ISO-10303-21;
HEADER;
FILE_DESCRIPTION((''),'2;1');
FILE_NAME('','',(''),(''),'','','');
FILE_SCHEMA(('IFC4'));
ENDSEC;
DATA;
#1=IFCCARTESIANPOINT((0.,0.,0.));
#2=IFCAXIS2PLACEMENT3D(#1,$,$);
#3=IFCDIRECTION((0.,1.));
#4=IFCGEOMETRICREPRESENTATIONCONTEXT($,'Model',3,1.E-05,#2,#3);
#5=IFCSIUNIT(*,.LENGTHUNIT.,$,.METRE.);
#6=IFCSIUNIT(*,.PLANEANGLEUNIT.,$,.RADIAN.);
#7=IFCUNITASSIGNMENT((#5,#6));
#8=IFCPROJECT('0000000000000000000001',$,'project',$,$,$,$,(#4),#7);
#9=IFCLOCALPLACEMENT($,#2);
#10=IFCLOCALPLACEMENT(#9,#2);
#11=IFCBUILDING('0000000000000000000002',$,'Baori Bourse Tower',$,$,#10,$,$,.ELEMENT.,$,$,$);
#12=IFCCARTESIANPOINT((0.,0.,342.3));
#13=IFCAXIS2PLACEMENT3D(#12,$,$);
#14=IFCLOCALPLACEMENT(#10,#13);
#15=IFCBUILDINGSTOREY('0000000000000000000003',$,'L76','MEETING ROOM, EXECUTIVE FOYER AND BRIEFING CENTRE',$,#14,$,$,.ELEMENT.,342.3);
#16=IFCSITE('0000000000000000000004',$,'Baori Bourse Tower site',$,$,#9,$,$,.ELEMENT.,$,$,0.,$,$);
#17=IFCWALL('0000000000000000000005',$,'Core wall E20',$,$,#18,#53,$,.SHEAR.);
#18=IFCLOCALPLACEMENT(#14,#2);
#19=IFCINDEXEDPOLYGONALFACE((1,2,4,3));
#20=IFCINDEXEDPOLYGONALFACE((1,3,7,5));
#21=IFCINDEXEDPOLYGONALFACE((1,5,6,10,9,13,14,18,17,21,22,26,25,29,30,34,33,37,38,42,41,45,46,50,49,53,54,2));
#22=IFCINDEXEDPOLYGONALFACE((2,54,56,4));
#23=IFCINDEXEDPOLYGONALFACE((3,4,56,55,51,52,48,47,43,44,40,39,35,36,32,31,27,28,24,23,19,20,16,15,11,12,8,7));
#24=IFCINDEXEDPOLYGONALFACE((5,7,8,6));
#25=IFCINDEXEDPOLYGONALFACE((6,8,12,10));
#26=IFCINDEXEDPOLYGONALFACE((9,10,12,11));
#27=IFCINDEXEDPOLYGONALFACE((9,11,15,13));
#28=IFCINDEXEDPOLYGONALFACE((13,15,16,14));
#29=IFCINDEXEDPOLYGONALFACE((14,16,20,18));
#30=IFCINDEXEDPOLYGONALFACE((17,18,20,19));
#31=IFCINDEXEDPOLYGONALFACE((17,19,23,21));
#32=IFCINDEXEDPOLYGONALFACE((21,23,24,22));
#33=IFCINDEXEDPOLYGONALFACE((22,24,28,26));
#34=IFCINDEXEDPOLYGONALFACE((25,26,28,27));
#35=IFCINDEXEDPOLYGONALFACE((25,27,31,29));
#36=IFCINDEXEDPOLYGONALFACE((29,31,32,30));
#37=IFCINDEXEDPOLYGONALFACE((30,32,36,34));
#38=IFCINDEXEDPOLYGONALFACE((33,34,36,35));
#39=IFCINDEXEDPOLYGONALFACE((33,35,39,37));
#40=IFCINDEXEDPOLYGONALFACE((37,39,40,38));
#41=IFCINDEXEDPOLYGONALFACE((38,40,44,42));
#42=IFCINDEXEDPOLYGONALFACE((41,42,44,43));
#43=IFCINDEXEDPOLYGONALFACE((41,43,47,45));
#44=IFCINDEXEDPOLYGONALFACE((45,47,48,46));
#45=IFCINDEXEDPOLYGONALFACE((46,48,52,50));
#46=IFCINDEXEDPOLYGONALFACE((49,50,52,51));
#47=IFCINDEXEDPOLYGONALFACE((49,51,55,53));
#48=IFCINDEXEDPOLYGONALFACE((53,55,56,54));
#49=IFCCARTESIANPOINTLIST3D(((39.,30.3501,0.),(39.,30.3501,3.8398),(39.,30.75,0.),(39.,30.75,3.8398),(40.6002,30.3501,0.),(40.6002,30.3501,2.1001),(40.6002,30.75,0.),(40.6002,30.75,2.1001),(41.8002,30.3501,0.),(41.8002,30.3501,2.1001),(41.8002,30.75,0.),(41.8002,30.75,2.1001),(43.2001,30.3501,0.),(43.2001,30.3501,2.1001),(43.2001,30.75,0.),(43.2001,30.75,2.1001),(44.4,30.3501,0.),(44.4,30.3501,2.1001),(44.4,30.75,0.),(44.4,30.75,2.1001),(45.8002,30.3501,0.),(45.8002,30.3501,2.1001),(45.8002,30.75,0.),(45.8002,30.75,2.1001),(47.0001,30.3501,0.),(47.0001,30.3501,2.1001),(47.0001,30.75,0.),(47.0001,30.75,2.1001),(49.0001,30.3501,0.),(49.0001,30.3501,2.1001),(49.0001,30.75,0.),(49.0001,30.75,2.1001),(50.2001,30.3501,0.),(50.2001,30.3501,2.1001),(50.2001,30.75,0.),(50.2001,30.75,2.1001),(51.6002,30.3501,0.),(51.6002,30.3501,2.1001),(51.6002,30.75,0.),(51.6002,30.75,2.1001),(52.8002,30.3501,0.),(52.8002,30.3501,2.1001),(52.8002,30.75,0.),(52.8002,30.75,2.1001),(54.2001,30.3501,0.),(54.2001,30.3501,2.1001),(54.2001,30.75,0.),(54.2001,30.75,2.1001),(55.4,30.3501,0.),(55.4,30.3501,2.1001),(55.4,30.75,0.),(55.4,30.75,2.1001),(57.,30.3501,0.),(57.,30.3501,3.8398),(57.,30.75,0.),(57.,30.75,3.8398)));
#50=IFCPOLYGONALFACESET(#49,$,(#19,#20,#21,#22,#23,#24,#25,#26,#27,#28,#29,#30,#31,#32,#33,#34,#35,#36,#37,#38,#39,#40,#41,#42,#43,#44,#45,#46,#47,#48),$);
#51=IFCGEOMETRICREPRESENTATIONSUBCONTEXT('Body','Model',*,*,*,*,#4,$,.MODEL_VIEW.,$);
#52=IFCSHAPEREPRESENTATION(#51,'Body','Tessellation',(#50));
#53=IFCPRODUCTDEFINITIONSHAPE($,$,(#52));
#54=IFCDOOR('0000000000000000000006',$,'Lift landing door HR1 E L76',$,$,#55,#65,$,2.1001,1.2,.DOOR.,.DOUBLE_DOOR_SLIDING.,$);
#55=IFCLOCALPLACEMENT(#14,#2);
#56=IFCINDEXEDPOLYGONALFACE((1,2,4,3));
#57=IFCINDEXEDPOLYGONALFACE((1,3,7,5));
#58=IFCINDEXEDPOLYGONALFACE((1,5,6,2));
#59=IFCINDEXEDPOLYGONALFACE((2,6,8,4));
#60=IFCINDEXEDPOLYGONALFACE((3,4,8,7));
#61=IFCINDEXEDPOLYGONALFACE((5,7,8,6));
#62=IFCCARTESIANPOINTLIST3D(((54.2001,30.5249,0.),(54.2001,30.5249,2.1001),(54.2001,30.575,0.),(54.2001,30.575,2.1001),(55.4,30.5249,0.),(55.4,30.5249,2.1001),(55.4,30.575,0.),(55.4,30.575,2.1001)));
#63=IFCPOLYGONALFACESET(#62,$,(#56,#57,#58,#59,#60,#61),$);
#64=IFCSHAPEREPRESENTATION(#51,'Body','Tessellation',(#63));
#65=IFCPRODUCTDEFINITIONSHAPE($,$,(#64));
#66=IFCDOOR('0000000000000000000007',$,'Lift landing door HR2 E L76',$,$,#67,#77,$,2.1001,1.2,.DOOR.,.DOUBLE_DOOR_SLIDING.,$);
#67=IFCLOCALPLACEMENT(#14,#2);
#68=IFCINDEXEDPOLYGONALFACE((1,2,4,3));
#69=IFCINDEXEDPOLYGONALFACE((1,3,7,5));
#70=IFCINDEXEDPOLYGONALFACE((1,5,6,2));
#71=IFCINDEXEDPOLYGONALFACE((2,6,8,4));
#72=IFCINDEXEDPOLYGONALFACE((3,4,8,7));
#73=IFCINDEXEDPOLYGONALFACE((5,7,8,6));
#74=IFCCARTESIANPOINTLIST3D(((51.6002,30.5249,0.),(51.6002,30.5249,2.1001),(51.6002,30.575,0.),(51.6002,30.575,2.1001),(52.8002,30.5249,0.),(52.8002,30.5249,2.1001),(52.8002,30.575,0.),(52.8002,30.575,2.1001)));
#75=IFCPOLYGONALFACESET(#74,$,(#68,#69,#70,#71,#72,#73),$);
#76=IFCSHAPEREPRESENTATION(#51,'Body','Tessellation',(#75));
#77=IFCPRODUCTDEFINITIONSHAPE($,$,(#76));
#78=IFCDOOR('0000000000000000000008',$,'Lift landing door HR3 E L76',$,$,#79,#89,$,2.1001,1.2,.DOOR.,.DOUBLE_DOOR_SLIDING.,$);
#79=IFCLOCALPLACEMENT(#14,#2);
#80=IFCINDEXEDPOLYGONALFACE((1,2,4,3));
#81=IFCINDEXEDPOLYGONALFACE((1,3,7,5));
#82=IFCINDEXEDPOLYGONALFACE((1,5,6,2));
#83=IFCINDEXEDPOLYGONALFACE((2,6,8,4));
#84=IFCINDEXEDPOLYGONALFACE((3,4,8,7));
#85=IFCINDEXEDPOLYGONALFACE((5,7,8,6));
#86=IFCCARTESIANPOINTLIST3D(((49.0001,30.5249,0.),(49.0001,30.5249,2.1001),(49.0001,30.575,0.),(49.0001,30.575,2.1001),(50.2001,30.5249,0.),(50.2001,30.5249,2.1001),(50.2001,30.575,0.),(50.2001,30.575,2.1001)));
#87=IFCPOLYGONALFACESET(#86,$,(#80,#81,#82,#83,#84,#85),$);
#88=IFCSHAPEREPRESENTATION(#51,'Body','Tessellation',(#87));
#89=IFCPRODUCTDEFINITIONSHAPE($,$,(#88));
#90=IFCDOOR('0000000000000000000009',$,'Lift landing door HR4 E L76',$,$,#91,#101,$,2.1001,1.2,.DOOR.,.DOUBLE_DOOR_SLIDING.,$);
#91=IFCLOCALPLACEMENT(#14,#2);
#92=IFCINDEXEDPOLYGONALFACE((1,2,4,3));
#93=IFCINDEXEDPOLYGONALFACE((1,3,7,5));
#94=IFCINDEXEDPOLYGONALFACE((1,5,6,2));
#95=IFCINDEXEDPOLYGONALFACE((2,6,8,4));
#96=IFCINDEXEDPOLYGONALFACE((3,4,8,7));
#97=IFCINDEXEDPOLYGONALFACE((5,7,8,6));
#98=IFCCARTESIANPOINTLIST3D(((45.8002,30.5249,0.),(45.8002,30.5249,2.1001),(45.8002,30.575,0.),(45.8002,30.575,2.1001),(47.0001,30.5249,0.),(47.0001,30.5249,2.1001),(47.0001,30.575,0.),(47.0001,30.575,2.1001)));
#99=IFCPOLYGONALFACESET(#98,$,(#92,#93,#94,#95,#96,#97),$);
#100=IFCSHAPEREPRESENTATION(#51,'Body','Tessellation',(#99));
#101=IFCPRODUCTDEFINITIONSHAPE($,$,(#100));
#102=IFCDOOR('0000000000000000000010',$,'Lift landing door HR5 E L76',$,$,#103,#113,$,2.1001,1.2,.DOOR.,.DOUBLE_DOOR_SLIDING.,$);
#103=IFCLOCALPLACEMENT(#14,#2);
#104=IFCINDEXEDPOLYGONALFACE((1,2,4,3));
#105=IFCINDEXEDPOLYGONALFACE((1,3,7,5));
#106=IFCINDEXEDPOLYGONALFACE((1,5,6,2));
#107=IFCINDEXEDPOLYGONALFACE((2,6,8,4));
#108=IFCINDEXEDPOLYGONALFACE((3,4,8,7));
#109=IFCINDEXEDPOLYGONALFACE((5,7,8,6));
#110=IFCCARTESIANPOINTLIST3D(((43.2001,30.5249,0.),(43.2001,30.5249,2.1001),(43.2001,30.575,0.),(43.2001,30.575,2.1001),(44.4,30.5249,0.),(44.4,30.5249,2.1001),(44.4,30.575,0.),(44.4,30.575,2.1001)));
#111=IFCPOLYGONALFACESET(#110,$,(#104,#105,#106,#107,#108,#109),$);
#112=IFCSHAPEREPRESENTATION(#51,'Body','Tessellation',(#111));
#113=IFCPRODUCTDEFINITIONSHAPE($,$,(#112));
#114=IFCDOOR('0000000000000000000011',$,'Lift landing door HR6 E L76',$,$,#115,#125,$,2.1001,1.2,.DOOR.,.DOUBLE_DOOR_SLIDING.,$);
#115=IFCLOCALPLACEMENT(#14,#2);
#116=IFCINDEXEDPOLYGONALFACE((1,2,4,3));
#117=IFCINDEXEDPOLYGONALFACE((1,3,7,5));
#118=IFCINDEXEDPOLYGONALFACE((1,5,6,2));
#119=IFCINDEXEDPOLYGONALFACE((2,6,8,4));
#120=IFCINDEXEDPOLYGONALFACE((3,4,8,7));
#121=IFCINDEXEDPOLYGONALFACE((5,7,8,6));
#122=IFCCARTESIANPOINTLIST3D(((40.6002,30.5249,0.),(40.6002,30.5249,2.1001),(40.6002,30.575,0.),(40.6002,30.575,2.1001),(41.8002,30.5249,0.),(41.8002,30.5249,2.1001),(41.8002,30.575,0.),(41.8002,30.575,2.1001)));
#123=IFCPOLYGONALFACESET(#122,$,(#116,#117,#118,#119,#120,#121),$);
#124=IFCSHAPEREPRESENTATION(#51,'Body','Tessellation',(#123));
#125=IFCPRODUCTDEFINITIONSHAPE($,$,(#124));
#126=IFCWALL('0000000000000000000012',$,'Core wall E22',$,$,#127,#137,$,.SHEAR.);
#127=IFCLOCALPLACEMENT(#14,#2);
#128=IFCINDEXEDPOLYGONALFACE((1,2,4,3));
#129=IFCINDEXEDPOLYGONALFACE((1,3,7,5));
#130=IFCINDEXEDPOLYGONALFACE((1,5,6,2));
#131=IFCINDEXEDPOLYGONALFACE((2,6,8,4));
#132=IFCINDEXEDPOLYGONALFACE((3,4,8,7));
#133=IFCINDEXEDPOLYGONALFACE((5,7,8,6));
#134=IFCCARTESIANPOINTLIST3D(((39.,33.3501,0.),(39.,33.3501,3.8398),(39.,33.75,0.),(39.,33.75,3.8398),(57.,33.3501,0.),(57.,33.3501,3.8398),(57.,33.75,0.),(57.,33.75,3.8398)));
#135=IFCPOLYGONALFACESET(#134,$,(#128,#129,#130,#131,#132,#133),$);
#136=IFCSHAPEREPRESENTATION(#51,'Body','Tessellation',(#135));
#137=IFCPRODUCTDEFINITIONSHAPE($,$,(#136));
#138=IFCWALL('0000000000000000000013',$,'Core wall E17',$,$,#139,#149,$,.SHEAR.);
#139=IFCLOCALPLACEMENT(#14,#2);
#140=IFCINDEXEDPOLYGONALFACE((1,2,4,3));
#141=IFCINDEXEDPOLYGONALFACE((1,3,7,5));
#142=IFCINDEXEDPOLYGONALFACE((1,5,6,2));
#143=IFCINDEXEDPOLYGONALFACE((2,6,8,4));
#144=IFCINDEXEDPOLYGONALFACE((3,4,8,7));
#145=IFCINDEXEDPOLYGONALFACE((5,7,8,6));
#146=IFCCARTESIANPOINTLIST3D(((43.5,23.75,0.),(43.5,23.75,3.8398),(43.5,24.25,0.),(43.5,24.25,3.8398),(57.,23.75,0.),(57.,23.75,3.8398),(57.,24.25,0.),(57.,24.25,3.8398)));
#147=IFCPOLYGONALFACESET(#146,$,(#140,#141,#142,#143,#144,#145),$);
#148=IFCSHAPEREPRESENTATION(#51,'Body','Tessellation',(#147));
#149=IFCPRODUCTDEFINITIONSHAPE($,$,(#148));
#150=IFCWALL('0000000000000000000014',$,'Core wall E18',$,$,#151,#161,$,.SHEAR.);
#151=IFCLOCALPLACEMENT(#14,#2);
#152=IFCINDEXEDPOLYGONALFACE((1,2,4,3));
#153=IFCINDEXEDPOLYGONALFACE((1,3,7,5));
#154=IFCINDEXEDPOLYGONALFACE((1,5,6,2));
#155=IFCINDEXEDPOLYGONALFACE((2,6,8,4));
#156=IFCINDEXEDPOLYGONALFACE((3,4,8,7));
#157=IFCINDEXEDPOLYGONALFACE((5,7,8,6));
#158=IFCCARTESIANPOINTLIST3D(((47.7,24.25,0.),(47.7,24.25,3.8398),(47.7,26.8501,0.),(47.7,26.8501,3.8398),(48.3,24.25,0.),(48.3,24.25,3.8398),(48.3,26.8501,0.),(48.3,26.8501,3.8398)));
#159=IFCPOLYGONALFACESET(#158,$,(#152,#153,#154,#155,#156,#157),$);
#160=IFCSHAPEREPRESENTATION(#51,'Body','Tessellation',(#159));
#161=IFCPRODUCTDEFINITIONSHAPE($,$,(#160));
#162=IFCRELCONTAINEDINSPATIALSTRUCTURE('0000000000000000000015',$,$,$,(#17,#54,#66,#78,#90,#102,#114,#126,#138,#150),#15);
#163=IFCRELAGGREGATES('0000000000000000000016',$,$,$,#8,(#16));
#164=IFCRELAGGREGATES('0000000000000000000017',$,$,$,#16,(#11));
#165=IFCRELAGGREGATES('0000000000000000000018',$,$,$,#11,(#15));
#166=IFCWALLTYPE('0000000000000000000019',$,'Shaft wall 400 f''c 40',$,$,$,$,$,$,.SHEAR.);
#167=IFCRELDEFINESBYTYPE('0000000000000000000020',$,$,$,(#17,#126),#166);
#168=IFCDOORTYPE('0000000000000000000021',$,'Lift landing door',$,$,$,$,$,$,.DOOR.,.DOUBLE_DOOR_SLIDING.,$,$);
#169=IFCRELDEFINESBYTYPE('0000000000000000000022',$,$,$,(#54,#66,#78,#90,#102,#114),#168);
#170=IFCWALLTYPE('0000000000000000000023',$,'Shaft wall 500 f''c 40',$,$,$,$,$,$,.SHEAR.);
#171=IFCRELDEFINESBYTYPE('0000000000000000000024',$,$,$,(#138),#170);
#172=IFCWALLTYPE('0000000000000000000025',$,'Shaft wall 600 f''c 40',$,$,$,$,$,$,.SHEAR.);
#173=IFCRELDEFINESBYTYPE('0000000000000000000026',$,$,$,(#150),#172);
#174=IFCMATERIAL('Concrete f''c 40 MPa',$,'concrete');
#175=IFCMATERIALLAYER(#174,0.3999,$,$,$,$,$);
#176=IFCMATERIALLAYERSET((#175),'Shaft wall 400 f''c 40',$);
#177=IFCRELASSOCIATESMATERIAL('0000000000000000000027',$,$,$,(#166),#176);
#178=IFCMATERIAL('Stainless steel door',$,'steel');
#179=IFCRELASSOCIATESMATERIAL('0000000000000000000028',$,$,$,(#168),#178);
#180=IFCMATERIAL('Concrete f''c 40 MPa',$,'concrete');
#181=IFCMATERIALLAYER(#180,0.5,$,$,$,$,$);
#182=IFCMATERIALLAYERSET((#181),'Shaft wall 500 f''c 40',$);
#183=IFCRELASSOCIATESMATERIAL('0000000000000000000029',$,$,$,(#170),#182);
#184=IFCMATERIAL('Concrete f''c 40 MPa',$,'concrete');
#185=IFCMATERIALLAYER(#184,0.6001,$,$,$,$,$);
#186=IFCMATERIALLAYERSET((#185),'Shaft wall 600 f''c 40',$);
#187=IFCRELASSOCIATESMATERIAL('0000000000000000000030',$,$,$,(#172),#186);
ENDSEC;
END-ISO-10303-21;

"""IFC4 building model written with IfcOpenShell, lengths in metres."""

from ifc_helpers import new_model, si_unit, direction, frame, frame_2d, origin, place, context, subcontext, project, spatial, rectangle, extrude, material, layer, layer_set, type_object, element, fill, save


model = new_model("IFC4")

# Units and contexts
model_context = context("Model", 3, precision=1e-05, world=origin(), true_north=direction((0.0, 1.0)))
body_context = subcontext(model_context, "Body", "Model", "MODEL_VIEW")
ifc_project = project(units=[si_unit("LENGTHUNIT", "METRE"), si_unit("PLANEANGLEUNIT", "RADIAN")], contexts=[model_context])

# Site, building, storey
site_placement = place(None, origin())
site = spatial("IfcSite", under=ifc_project, at=site_placement, Name="Baori Bourse Tower site", CompositionType="ELEMENT", RefElevation=0.0)
building_placement = place(site_placement, origin())
building = spatial("IfcBuilding", under=site, at=building_placement, Name="Baori Bourse Tower", CompositionType="ELEMENT")
storey_placement = place(building_placement, frame((0.0, 0.0, 342.3)))
storey = spatial("IfcBuildingStorey", under=building, at=storey_placement, Name="L76", Description="MEETING ROOM, EXECUTIVE FOYER AND BRIEFING CENTRE", CompositionType="ELEMENT", Elevation=342.3)

# Shared definitions
ifc_material_1 = material(Name="Concrete f'c 40 MPa", Category="concrete")
ifc_layer_1 = layer(ifc_material_1, 0.3999)
ifc_layer_set_1 = layer_set([ifc_layer_1], Name="Shaft wall 400 f'c 40")
wall_type_1 = type_object("IfcWallType", Name="Shaft wall 400 f'c 40", PredefinedType="SHEAR", material=ifc_layer_set_1)
ifc_material_2 = material(Name="Stainless steel door", Category="steel")
door_type_1 = type_object("IfcDoorType", Name="Lift landing door", OperationType="DOUBLE_DOOR_SLIDING", PredefinedType="DOOR", material=ifc_material_2)

# Wall, openings, doors
wall_1_placement = place(storey_placement, frame((39.0, 30.55, 0.0), z_axis=(0.0, 0.0, 1.0), x_axis=(1.0, 0.0, 0.0)))
wall_1 = element("IfcWall", 1, at=wall_1_placement, inside=storey, type_object=wall_type_1, Name="Core wall E20", PredefinedType="SHEAR", context=body_context, shape_type="SweptSolid", body=[
    extrude(rectangle(XDim=18.0, YDim=0.3999, at=frame_2d((9.0, 0.0))), origin(), (0.0, 0.0, 1.0), 3.8398),
])
opening_1_placement = place(wall_1_placement, frame((15.2, 0.0, 0.0)))
opening_1 = element("IfcOpeningElement", 2, at=opening_1_placement, cuts=wall_1, PredefinedType="OPENING", context=body_context, shape_type="SweptSolid", body=[
    extrude(rectangle(XDim=1.2, YDim=2.1001, at=frame_2d((0.6001, 1.05))), frame((0.0, 0.21, 0.0), z_axis=(0.0, -1.0, 0.0), x_axis=(1.0, 0.0, 0.0)), (0.0, 0.0, 1.0), 0.4199),
])
opening_2_placement = place(wall_1_placement, frame((12.6001, 0.0, 0.0)))
opening_2 = element("IfcOpeningElement", 3, at=opening_2_placement, cuts=wall_1, PredefinedType="OPENING", context=body_context, shape_type="SweptSolid", body=[
    extrude(rectangle(XDim=1.2, YDim=2.1001, at=frame_2d((0.6001, 1.05))), frame((0.0, 0.21, 0.0), z_axis=(0.0, -1.0, 0.0), x_axis=(1.0, 0.0, 0.0)), (0.0, 0.0, 1.0), 0.4199),
])
opening_3_placement = place(wall_1_placement, frame((10.0, 0.0, 0.0)))
opening_3 = element("IfcOpeningElement", 4, at=opening_3_placement, cuts=wall_1, PredefinedType="OPENING", context=body_context, shape_type="SweptSolid", body=[
    extrude(rectangle(XDim=1.2, YDim=2.1001, at=frame_2d((0.6001, 1.05))), frame((0.0, 0.21, 0.0), z_axis=(0.0, -1.0, 0.0), x_axis=(1.0, 0.0, 0.0)), (0.0, 0.0, 1.0), 0.4199),
])
opening_4_placement = place(wall_1_placement, frame((6.8, 0.0, 0.0)))
opening_4 = element("IfcOpeningElement", 5, at=opening_4_placement, cuts=wall_1, PredefinedType="OPENING", context=body_context, shape_type="SweptSolid", body=[
    extrude(rectangle(XDim=1.2, YDim=2.1001, at=frame_2d((0.6001, 1.05))), frame((0.0, 0.21, 0.0), z_axis=(0.0, -1.0, 0.0), x_axis=(1.0, 0.0, 0.0)), (0.0, 0.0, 1.0), 0.4199),
])
opening_5_placement = place(wall_1_placement, frame((4.2, 0.0, 0.0)))
opening_5 = element("IfcOpeningElement", 6, at=opening_5_placement, cuts=wall_1, PredefinedType="OPENING", context=body_context, shape_type="SweptSolid", body=[
    extrude(rectangle(XDim=1.2, YDim=2.1001, at=frame_2d((0.6001, 1.05))), frame((0.0, 0.21, 0.0), z_axis=(0.0, -1.0, 0.0), x_axis=(1.0, 0.0, 0.0)), (0.0, 0.0, 1.0), 0.4199),
])
opening_6_placement = place(wall_1_placement, frame((1.6001, 0.0, 0.0)))
opening_6 = element("IfcOpeningElement", 7, at=opening_6_placement, cuts=wall_1, PredefinedType="OPENING", context=body_context, shape_type="SweptSolid", body=[
    extrude(rectangle(XDim=1.2, YDim=2.1001, at=frame_2d((0.6001, 1.05))), frame((0.0, 0.21, 0.0), z_axis=(0.0, -1.0, 0.0), x_axis=(1.0, 0.0, 0.0)), (0.0, 0.0, 1.0), 0.4199),
])
door_1_placement = place(opening_1_placement, origin())
door_1 = element("IfcDoor", 8, at=door_1_placement, inside=storey, type_object=door_type_1, Name="Lift landing door HR1 E L76", OperationType="DOUBLE_DOOR_SLIDING", OverallHeight=2.1001, OverallWidth=1.2, PredefinedType="DOOR", context=body_context, shape_type="SweptSolid", body=[
    extrude(rectangle(XDim=1.2, YDim=2.1001, at=frame_2d((0.6001, 1.05))), frame((0.0, 0.0249, 0.0), z_axis=(0.0, -1.0, 0.0), x_axis=(1.0, 0.0, 0.0)), (0.0, 0.0, 1.0), 0.05),
])
fill(opening_1, door_1)
door_2_placement = place(opening_2_placement, origin())
door_2 = element("IfcDoor", 9, at=door_2_placement, inside=storey, type_object=door_type_1, Name="Lift landing door HR2 E L76", OperationType="DOUBLE_DOOR_SLIDING", OverallHeight=2.1001, OverallWidth=1.2, PredefinedType="DOOR", context=body_context, shape_type="SweptSolid", body=[
    extrude(rectangle(XDim=1.2, YDim=2.1001, at=frame_2d((0.6001, 1.05))), frame((0.0, 0.0249, 0.0), z_axis=(0.0, -1.0, 0.0), x_axis=(1.0, 0.0, 0.0)), (0.0, 0.0, 1.0), 0.05),
])
fill(opening_2, door_2)
door_3_placement = place(opening_3_placement, origin())
door_3 = element("IfcDoor", 10, at=door_3_placement, inside=storey, type_object=door_type_1, Name="Lift landing door HR3 E L76", OperationType="DOUBLE_DOOR_SLIDING", OverallHeight=2.1001, OverallWidth=1.2, PredefinedType="DOOR", context=body_context, shape_type="SweptSolid", body=[
    extrude(rectangle(XDim=1.2, YDim=2.1001, at=frame_2d((0.6001, 1.05))), frame((0.0, 0.0249, 0.0), z_axis=(0.0, -1.0, 0.0), x_axis=(1.0, 0.0, 0.0)), (0.0, 0.0, 1.0), 0.05),
])
fill(opening_3, door_3)
door_4_placement = place(opening_4_placement, origin())
door_4 = element("IfcDoor", 11, at=door_4_placement, inside=storey, type_object=door_type_1, Name="Lift landing door HR4 E L76", OperationType="DOUBLE_DOOR_SLIDING", OverallHeight=2.1001, OverallWidth=1.2, PredefinedType="DOOR", context=body_context, shape_type="SweptSolid", body=[
    extrude(rectangle(XDim=1.2, YDim=2.1001, at=frame_2d((0.6001, 1.05))), frame((0.0, 0.0249, 0.0), z_axis=(0.0, -1.0, 0.0), x_axis=(1.0, 0.0, 0.0)), (0.0, 0.0, 1.0), 0.05),
])
fill(opening_4, door_4)
door_5_placement = place(opening_5_placement, origin())
door_5 = element("IfcDoor", 12, at=door_5_placement, inside=storey, type_object=door_type_1, Name="Lift landing door HR5 E L76", OperationType="DOUBLE_DOOR_SLIDING", OverallHeight=2.1001, OverallWidth=1.2, PredefinedType="DOOR", context=body_context, shape_type="SweptSolid", body=[
    extrude(rectangle(XDim=1.2, YDim=2.1001, at=frame_2d((0.6001, 1.05))), frame((0.0, 0.0249, 0.0), z_axis=(0.0, -1.0, 0.0), x_axis=(1.0, 0.0, 0.0)), (0.0, 0.0, 1.0), 0.05),
])
fill(opening_5, door_5)
door_6_placement = place(opening_6_placement, origin())
door_6 = element("IfcDoor", 13, at=door_6_placement, inside=storey, type_object=door_type_1, Name="Lift landing door HR6 E L76", OperationType="DOUBLE_DOOR_SLIDING", OverallHeight=2.1001, OverallWidth=1.2, PredefinedType="DOOR", context=body_context, shape_type="SweptSolid", body=[
    extrude(rectangle(XDim=1.2, YDim=2.1001, at=frame_2d((0.6001, 1.05))), frame((0.0, 0.0249, 0.0), z_axis=(0.0, -1.0, 0.0), x_axis=(1.0, 0.0, 0.0)), (0.0, 0.0, 1.0), 0.05),
])
fill(opening_6, door_6)

# Walls
wall_2_placement = place(storey_placement, frame((39.0, 33.55, 0.0), z_axis=(0.0, 0.0, 1.0), x_axis=(1.0, 0.0, 0.0)))
element("IfcWall", 14, at=wall_2_placement, inside=storey, type_object=wall_type_1, Name="Core wall E22", PredefinedType="SHEAR", context=body_context, shape_type="SweptSolid", body=[
    extrude(rectangle(XDim=18.0, YDim=0.3999, at=frame_2d((9.0, 0.0))), origin(), (0.0, 0.0, 1.0), 3.8398),
])
ifc_material_3 = material(Name="Concrete f'c 40 MPa", Category="concrete")
ifc_layer_2 = layer(ifc_material_3, 0.5)
ifc_layer_set_2 = layer_set([ifc_layer_2], Name="Shaft wall 500 f'c 40")
wall_type_2 = type_object("IfcWallType", Name="Shaft wall 500 f'c 40", PredefinedType="SHEAR", material=ifc_layer_set_2)
wall_3_placement = place(storey_placement, frame((43.5, 24.0, 0.0), z_axis=(0.0, 0.0, 1.0), x_axis=(1.0, 0.0, 0.0)))
element("IfcWall", 15, at=wall_3_placement, inside=storey, type_object=wall_type_2, Name="Core wall E17", PredefinedType="SHEAR", context=body_context, shape_type="SweptSolid", body=[
    extrude(rectangle(XDim=13.5, YDim=0.5, at=frame_2d((6.75, 0.0))), origin(), (0.0, 0.0, 1.0), 3.8398),
])
ifc_material_4 = material(Name="Concrete f'c 40 MPa", Category="concrete")
ifc_layer_3 = layer(ifc_material_4, 0.6001)
ifc_layer_set_3 = layer_set([ifc_layer_3], Name="Shaft wall 600 f'c 40")
wall_type_3 = type_object("IfcWallType", Name="Shaft wall 600 f'c 40", PredefinedType="SHEAR", material=ifc_layer_set_3)
for number, where, z_axis, x_axis, name in (
    (16, (48.0, 24.25, 0.0), (0.0, 0.0, 1.0), (0.0, 1.0, 0.0), "Core wall E18"),
):
    element("IfcWall", number, at=place(storey_placement, frame(where, z_axis=z_axis, x_axis=x_axis)), inside=storey, type_object=wall_type_3, Name=name, PredefinedType="SHEAR", context=body_context, shape_type="SweptSolid", body=[
        extrude(rectangle(XDim=2.6001, YDim=0.6001, at=frame_2d((1.3, 0.0))), origin(), (0.0, 0.0, 1.0), 3.8398),
    ])

save(model, "model.ifc")
